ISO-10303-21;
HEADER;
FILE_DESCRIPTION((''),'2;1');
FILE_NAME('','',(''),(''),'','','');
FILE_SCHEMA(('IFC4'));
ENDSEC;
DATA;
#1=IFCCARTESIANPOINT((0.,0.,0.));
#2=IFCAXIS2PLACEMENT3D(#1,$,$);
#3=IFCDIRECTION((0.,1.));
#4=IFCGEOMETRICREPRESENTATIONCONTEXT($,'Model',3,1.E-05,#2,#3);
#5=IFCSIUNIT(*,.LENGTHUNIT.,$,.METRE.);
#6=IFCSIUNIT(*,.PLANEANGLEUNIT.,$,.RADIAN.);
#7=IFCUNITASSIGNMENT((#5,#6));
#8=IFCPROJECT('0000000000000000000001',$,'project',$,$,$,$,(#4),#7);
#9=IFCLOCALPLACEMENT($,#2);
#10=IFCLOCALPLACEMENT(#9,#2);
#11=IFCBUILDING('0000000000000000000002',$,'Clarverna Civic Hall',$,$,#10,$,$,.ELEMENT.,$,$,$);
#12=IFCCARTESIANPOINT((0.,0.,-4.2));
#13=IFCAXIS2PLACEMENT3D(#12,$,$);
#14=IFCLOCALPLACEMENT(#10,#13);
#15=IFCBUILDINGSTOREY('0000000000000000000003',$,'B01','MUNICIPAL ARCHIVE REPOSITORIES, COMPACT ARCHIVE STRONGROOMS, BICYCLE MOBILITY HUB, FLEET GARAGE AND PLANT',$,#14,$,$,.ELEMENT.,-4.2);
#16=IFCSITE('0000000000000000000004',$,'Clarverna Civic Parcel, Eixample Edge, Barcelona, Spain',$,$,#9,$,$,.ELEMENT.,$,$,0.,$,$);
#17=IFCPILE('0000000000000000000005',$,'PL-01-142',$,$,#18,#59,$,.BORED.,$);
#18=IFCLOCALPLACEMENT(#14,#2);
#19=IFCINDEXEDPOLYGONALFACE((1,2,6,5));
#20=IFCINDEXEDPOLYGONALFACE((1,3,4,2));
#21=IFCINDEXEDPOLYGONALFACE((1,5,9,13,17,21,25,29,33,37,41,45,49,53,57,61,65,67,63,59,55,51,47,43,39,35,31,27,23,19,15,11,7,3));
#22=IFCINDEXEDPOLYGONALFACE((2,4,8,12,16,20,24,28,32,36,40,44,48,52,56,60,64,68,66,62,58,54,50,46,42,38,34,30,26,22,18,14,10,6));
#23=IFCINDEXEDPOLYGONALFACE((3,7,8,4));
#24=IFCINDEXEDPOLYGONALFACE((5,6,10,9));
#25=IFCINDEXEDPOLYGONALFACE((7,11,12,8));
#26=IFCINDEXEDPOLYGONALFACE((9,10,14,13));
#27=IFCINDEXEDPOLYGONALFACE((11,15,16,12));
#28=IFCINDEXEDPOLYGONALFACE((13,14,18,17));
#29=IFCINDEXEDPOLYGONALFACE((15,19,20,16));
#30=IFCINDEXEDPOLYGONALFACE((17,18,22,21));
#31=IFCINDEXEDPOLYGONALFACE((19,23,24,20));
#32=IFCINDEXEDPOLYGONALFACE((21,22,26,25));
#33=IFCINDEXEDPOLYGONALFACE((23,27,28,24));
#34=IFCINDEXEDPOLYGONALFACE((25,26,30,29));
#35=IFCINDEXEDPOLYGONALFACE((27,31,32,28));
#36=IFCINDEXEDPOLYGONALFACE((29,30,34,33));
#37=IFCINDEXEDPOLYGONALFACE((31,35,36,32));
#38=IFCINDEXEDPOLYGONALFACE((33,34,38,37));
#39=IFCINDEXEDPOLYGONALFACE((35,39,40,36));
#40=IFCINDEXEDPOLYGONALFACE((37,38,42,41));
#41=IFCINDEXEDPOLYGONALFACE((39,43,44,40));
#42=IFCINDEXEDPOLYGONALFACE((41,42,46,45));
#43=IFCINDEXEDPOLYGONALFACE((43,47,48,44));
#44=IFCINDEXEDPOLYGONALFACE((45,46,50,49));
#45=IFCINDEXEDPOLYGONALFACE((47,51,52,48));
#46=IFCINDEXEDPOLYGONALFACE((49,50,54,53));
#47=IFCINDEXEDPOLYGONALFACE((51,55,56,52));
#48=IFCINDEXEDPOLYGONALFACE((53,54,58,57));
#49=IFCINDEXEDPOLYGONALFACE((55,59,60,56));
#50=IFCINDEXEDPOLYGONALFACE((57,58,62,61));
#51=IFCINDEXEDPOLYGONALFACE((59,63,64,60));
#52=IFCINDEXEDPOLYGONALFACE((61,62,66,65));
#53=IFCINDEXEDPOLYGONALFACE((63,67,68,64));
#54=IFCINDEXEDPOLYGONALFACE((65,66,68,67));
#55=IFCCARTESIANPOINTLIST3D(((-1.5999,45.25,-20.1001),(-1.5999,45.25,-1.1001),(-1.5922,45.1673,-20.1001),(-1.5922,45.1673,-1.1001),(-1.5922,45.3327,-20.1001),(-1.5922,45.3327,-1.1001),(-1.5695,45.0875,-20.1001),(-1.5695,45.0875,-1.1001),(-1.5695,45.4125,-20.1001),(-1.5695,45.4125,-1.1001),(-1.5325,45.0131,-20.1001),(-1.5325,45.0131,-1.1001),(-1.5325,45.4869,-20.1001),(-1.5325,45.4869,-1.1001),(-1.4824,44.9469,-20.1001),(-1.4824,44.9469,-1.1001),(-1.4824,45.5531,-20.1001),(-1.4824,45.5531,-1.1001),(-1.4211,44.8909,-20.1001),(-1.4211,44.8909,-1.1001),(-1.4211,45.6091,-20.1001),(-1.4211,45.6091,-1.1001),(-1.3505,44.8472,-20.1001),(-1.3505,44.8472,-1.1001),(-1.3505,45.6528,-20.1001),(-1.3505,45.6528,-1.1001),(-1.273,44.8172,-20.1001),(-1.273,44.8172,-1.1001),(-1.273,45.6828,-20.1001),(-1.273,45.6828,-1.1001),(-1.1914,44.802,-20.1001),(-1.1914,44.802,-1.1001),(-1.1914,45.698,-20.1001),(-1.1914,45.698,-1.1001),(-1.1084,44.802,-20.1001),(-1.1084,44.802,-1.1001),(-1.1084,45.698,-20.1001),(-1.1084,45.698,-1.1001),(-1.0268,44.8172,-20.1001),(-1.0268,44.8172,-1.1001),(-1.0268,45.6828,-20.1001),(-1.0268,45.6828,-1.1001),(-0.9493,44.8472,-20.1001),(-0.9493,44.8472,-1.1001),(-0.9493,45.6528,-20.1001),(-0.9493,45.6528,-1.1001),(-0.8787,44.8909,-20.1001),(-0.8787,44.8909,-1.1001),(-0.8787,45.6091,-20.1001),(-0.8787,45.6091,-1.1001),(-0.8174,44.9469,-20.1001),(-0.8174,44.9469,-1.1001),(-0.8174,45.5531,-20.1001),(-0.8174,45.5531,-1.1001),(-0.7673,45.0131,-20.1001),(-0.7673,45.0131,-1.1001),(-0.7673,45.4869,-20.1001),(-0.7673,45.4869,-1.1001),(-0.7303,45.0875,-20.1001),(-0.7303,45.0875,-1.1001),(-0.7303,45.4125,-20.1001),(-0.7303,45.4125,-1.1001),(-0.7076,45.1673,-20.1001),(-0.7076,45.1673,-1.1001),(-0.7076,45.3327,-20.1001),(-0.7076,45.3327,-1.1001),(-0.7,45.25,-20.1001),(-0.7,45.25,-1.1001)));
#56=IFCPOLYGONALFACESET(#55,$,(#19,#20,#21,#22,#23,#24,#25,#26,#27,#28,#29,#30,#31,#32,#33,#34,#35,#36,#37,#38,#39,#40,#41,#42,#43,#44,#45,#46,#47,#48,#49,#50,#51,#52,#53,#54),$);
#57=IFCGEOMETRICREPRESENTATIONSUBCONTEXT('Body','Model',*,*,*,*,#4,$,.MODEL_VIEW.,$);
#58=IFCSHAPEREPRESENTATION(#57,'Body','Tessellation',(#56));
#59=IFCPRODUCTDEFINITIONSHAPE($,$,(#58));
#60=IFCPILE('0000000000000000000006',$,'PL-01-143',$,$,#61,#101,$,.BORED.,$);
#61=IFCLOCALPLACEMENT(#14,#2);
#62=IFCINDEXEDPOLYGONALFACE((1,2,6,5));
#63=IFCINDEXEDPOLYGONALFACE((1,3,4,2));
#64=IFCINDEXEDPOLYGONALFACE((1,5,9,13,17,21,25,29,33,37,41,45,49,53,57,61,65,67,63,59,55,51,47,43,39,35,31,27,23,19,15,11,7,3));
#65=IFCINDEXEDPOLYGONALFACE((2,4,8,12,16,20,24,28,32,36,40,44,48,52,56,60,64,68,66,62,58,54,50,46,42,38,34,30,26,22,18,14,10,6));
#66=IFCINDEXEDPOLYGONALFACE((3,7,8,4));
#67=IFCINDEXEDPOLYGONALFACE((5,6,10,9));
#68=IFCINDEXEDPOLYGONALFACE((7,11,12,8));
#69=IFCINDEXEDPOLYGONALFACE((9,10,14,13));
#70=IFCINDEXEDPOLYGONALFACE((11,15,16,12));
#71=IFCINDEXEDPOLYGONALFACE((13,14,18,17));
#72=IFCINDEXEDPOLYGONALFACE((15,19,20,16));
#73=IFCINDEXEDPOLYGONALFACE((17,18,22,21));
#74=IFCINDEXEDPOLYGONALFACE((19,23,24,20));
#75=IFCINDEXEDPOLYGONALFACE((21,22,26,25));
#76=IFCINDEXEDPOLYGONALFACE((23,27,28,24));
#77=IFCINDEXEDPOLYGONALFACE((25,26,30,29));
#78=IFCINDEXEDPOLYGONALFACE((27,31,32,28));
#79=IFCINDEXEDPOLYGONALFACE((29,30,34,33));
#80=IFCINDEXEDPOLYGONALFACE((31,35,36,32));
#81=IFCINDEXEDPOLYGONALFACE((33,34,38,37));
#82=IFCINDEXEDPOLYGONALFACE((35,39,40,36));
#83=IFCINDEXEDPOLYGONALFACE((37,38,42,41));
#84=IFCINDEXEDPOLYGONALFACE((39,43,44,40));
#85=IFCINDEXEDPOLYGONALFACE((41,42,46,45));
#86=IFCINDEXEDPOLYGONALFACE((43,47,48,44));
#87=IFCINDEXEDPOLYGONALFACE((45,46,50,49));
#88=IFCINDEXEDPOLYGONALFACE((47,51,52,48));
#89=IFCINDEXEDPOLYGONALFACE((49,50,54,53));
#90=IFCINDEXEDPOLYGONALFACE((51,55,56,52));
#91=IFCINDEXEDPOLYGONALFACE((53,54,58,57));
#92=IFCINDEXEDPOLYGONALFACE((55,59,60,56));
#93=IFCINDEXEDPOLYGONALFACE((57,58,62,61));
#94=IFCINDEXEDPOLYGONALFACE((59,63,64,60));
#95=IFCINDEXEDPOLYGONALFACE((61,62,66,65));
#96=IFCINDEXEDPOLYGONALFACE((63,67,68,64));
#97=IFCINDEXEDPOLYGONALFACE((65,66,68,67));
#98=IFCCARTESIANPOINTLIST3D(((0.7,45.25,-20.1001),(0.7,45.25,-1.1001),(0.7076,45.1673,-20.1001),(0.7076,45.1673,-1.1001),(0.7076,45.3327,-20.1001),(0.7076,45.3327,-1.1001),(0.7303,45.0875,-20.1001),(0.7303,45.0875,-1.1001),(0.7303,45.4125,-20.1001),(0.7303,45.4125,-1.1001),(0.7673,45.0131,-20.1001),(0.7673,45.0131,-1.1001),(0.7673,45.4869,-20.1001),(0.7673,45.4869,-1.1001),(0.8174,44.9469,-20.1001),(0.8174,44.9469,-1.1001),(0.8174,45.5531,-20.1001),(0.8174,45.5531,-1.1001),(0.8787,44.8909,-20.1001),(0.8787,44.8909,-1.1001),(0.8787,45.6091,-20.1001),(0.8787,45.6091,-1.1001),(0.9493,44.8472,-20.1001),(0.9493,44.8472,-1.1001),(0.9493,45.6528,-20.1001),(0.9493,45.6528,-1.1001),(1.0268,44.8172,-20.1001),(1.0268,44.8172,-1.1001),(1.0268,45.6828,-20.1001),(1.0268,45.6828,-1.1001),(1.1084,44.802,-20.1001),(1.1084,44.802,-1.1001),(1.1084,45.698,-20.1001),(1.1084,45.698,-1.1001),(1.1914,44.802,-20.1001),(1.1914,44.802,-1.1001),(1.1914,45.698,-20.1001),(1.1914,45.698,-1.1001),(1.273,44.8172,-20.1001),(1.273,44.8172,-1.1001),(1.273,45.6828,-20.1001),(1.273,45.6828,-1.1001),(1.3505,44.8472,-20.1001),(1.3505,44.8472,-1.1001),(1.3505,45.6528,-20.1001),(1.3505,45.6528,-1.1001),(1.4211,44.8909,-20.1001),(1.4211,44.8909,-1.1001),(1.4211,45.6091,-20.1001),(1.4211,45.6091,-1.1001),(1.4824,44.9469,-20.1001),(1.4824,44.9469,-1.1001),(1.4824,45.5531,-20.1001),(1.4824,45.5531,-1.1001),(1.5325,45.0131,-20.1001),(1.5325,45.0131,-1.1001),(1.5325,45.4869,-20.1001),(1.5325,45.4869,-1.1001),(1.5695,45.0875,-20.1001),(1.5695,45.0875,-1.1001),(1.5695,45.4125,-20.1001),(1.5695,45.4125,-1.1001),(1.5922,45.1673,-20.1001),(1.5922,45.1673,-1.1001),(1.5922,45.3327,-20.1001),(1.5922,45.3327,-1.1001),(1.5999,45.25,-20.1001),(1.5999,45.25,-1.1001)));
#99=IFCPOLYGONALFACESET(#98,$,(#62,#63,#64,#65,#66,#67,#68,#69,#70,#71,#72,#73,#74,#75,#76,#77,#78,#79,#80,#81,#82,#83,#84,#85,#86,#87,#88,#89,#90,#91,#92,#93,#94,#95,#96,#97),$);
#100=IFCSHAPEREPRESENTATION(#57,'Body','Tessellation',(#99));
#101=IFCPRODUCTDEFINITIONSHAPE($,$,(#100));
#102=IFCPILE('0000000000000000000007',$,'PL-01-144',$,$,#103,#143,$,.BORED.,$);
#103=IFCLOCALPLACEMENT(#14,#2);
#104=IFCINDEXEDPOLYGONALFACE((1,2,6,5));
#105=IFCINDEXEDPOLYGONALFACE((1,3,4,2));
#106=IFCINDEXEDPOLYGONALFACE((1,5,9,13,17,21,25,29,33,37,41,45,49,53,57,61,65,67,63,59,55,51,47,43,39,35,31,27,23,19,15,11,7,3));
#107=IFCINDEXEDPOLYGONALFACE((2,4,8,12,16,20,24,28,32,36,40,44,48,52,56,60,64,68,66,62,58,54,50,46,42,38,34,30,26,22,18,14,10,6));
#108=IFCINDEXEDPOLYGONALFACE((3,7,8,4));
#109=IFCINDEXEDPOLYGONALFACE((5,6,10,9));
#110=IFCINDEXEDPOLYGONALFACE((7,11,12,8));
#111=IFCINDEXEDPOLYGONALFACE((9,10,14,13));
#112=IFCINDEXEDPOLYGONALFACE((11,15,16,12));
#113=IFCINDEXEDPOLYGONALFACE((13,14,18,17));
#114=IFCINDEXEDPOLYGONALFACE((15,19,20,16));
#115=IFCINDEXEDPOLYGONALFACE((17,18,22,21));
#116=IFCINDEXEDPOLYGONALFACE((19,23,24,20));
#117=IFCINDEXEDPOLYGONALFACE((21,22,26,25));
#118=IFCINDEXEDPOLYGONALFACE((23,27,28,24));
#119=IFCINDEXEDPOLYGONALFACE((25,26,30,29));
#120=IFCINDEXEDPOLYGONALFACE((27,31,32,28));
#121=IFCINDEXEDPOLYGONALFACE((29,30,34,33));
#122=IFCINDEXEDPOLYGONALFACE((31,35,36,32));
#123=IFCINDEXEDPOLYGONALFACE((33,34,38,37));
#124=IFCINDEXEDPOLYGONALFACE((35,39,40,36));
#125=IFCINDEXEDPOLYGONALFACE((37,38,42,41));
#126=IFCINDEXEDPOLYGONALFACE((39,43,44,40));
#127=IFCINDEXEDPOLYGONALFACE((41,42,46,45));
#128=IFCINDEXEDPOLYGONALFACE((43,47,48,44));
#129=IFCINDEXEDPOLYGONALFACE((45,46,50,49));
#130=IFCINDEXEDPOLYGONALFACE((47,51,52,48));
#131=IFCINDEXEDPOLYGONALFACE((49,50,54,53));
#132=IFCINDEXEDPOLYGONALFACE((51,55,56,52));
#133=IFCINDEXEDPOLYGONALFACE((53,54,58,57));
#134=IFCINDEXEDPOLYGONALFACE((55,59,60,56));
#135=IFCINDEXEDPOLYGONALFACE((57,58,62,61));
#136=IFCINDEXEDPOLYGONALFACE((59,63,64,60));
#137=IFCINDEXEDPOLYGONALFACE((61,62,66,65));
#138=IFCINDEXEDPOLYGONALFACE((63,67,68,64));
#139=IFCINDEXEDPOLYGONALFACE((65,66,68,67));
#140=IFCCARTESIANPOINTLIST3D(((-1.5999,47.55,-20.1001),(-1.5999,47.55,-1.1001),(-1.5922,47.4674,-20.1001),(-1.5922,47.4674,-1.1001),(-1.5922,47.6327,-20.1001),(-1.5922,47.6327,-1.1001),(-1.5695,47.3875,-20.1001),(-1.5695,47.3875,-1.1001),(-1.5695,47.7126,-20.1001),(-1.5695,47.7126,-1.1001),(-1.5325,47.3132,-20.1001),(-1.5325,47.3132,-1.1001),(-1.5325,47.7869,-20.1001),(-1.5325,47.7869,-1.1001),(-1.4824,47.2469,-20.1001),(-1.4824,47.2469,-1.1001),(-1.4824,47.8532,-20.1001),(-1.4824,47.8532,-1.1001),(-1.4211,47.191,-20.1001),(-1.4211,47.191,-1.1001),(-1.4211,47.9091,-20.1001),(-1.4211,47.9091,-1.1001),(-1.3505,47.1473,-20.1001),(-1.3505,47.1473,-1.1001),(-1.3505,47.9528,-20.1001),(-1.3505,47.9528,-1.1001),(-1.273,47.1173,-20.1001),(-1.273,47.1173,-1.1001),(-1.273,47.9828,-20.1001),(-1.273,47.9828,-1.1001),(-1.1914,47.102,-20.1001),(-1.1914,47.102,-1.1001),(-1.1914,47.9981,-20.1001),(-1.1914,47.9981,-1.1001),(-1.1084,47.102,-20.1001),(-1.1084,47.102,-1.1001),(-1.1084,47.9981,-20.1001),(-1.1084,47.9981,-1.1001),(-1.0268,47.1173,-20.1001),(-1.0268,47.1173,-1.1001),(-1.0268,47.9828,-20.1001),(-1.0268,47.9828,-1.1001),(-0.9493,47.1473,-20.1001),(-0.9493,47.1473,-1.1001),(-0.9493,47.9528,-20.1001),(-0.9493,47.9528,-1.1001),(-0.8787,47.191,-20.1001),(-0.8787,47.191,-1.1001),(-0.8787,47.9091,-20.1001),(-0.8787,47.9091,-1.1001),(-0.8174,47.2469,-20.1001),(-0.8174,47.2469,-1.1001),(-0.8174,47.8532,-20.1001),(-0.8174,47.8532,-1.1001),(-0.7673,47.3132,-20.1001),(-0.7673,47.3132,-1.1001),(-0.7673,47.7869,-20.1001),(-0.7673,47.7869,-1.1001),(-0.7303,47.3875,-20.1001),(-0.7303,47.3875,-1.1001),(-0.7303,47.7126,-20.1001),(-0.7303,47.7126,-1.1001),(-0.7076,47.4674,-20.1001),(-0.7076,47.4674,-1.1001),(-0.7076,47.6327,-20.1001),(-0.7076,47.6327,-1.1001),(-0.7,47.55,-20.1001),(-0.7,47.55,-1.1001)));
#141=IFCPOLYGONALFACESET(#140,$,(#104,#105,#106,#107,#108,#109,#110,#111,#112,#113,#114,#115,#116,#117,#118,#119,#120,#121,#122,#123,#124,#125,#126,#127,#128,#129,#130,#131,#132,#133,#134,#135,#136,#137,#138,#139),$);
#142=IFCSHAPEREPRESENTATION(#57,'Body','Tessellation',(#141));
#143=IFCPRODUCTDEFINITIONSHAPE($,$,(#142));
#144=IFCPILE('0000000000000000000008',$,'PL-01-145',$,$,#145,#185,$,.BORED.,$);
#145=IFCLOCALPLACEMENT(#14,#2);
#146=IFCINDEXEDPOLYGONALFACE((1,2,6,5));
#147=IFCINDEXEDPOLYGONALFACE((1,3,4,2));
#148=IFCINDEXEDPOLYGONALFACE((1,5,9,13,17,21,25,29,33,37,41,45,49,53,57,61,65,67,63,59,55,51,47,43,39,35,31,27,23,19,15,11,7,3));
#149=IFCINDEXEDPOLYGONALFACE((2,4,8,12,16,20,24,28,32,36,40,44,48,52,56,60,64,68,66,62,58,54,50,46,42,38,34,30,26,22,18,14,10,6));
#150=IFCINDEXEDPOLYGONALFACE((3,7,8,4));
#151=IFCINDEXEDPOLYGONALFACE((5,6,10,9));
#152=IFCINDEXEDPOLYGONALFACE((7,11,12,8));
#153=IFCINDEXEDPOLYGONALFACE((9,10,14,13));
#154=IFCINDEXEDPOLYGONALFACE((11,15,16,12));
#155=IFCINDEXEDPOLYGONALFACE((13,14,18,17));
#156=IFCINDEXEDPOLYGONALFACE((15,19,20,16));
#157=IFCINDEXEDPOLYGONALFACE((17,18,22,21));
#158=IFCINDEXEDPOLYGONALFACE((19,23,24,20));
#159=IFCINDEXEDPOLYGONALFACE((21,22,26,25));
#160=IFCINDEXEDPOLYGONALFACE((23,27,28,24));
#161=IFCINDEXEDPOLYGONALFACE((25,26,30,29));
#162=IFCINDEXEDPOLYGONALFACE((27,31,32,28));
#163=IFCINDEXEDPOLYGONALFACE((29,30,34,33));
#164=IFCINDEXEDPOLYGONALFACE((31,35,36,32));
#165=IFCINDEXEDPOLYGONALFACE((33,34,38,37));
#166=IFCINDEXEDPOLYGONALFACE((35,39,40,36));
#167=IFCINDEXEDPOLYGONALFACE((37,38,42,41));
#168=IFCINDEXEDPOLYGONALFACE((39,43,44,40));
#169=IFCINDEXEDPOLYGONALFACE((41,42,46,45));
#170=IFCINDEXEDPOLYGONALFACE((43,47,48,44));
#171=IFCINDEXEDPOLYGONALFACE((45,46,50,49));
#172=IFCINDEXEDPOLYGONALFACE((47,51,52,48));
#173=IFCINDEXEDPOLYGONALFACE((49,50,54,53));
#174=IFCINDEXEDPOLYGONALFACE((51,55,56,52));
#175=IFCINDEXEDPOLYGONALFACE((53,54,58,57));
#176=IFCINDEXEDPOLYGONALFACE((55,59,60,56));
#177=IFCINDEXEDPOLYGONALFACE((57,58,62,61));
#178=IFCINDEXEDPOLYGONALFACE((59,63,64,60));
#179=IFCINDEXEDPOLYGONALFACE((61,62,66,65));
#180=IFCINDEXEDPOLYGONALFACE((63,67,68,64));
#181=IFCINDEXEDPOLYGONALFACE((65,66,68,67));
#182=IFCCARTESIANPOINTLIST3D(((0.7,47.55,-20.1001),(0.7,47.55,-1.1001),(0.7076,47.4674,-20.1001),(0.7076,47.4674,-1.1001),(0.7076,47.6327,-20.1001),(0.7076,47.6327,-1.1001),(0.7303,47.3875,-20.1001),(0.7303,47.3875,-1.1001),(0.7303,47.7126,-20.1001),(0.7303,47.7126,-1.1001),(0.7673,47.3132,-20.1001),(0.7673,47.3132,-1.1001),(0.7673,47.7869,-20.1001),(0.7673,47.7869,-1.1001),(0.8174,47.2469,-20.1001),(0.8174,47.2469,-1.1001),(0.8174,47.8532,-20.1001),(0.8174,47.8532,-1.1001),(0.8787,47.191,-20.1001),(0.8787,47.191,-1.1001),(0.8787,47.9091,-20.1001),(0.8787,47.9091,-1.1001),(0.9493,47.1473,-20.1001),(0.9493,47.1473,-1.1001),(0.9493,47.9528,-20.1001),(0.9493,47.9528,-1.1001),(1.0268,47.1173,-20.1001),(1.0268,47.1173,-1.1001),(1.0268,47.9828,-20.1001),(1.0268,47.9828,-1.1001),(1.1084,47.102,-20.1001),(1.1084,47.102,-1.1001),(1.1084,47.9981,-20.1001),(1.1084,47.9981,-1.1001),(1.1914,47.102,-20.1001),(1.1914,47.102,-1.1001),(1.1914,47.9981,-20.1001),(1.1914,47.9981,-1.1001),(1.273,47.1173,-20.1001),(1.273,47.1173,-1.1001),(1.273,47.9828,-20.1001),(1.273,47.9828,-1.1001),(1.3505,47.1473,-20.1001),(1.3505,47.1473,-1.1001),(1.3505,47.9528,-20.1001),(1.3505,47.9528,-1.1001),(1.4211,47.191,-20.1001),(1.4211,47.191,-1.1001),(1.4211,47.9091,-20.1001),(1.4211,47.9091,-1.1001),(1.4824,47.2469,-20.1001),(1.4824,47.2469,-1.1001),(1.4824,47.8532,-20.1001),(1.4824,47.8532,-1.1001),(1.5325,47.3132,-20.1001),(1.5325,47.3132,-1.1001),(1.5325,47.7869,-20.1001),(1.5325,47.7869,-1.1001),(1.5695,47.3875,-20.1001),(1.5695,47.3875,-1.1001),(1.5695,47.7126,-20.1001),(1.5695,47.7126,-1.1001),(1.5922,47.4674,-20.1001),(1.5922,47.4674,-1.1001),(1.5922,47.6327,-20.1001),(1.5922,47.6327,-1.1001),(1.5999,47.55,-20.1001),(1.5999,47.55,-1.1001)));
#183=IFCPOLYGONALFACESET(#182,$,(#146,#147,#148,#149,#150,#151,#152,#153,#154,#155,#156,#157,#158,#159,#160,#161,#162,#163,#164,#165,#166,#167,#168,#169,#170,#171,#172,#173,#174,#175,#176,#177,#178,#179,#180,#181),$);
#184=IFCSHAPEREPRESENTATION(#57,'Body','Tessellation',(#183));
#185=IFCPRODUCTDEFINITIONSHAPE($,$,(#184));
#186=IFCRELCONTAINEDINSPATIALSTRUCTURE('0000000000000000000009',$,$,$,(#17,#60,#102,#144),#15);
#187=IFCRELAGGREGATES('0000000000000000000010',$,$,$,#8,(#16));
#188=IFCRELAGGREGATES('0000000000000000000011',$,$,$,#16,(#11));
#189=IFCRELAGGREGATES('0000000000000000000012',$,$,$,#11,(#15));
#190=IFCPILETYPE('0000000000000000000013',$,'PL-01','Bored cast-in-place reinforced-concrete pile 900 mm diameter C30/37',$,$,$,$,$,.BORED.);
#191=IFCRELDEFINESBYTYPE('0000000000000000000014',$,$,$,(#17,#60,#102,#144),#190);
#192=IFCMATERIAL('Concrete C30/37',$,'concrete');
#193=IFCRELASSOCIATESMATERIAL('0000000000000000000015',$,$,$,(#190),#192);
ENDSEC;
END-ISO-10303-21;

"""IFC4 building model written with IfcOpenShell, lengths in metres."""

from ifc_helpers import new_model, si_unit, direction, frame, origin, origin_2d, place, context, subcontext, project, spatial, circle, extrude, material, material_profile, profile_set, type_object, element, save


model = new_model("IFC4")

# Units and contexts
model_context = context("Model", 3, precision=1e-05, world=origin(), true_north=direction((0.0, 1.0)))
body_context = subcontext(model_context, "Body", "Model", "MODEL_VIEW")
ifc_project = project(units=[si_unit("LENGTHUNIT", "METRE"), si_unit("PLANEANGLEUNIT", "RADIAN")], contexts=[model_context])

# Site, building, storey
site_placement = place(None, origin())
site = spatial("IfcSite", under=ifc_project, at=site_placement, Name="Clarverna Civic Parcel, Eixample Edge, Barcelona, Spain", CompositionType="ELEMENT", RefElevation=0.0)
building_placement = place(site_placement, origin())
building = spatial("IfcBuilding", under=site, at=building_placement, Name="Clarverna Civic Hall", CompositionType="ELEMENT")
storey_placement = place(building_placement, frame((0.0, 0.0, -4.2)))
storey = spatial("IfcBuildingStorey", under=building, at=storey_placement, Name="B01", Description="MUNICIPAL ARCHIVE REPOSITORIES, COMPACT ARCHIVE STRONGROOMS, BICYCLE MOBILITY HUB, FLEET GARAGE AND PLANT", CompositionType="ELEMENT", Elevation=-4.2)

# Shared definitions
ifc_material_1 = material(Name="Concrete C30/37", Category="concrete")

# Piles
ifc_material_profile_1 = material_profile(ifc_material_1, circle(Radius=0.45, at=origin_2d()), Name="BORED PILE D900")
ifc_profile_set_1 = profile_set([ifc_material_profile_1], Name="Concrete C30/37")
pile_type = type_object("IfcPileType", Name="PL-01", Description="Bored cast-in-place reinforced-concrete pile 900 mm diameter C30/37", PredefinedType="BORED", material=ifc_profile_set_1)
for number, where, z_axis, x_axis, name in (
    (1, (-1.1499, 45.25, -1.1001), (0.0, 0.0, -1.0), (1.0, 0.0, 0.0), "PL-01-142"),
    (2, (1.1499, 45.25, -1.1001), (0.0, 0.0, -1.0), (1.0, 0.0, 0.0), "PL-01-143"),
    (3, (-1.1499, 47.55, -1.1001), (0.0, 0.0, -1.0), (1.0, 0.0, 0.0), "PL-01-144"),
    (4, (1.1499, 47.55, -1.1001), (0.0, 0.0, -1.0), (1.0, 0.0, 0.0), "PL-01-145"),
):
    element("IfcPile", number, at=place(storey_placement, frame(where, z_axis=z_axis, x_axis=x_axis)), inside=storey, type_object=pile_type, Name=name, PredefinedType="BORED", context=body_context, shape_type="SweptSolid", body=[
        extrude(circle(Radius=0.45, at=origin_2d()), origin(), (0.0, 0.0, 1.0), 19.0),
    ])

save(model, "model.ifc")
